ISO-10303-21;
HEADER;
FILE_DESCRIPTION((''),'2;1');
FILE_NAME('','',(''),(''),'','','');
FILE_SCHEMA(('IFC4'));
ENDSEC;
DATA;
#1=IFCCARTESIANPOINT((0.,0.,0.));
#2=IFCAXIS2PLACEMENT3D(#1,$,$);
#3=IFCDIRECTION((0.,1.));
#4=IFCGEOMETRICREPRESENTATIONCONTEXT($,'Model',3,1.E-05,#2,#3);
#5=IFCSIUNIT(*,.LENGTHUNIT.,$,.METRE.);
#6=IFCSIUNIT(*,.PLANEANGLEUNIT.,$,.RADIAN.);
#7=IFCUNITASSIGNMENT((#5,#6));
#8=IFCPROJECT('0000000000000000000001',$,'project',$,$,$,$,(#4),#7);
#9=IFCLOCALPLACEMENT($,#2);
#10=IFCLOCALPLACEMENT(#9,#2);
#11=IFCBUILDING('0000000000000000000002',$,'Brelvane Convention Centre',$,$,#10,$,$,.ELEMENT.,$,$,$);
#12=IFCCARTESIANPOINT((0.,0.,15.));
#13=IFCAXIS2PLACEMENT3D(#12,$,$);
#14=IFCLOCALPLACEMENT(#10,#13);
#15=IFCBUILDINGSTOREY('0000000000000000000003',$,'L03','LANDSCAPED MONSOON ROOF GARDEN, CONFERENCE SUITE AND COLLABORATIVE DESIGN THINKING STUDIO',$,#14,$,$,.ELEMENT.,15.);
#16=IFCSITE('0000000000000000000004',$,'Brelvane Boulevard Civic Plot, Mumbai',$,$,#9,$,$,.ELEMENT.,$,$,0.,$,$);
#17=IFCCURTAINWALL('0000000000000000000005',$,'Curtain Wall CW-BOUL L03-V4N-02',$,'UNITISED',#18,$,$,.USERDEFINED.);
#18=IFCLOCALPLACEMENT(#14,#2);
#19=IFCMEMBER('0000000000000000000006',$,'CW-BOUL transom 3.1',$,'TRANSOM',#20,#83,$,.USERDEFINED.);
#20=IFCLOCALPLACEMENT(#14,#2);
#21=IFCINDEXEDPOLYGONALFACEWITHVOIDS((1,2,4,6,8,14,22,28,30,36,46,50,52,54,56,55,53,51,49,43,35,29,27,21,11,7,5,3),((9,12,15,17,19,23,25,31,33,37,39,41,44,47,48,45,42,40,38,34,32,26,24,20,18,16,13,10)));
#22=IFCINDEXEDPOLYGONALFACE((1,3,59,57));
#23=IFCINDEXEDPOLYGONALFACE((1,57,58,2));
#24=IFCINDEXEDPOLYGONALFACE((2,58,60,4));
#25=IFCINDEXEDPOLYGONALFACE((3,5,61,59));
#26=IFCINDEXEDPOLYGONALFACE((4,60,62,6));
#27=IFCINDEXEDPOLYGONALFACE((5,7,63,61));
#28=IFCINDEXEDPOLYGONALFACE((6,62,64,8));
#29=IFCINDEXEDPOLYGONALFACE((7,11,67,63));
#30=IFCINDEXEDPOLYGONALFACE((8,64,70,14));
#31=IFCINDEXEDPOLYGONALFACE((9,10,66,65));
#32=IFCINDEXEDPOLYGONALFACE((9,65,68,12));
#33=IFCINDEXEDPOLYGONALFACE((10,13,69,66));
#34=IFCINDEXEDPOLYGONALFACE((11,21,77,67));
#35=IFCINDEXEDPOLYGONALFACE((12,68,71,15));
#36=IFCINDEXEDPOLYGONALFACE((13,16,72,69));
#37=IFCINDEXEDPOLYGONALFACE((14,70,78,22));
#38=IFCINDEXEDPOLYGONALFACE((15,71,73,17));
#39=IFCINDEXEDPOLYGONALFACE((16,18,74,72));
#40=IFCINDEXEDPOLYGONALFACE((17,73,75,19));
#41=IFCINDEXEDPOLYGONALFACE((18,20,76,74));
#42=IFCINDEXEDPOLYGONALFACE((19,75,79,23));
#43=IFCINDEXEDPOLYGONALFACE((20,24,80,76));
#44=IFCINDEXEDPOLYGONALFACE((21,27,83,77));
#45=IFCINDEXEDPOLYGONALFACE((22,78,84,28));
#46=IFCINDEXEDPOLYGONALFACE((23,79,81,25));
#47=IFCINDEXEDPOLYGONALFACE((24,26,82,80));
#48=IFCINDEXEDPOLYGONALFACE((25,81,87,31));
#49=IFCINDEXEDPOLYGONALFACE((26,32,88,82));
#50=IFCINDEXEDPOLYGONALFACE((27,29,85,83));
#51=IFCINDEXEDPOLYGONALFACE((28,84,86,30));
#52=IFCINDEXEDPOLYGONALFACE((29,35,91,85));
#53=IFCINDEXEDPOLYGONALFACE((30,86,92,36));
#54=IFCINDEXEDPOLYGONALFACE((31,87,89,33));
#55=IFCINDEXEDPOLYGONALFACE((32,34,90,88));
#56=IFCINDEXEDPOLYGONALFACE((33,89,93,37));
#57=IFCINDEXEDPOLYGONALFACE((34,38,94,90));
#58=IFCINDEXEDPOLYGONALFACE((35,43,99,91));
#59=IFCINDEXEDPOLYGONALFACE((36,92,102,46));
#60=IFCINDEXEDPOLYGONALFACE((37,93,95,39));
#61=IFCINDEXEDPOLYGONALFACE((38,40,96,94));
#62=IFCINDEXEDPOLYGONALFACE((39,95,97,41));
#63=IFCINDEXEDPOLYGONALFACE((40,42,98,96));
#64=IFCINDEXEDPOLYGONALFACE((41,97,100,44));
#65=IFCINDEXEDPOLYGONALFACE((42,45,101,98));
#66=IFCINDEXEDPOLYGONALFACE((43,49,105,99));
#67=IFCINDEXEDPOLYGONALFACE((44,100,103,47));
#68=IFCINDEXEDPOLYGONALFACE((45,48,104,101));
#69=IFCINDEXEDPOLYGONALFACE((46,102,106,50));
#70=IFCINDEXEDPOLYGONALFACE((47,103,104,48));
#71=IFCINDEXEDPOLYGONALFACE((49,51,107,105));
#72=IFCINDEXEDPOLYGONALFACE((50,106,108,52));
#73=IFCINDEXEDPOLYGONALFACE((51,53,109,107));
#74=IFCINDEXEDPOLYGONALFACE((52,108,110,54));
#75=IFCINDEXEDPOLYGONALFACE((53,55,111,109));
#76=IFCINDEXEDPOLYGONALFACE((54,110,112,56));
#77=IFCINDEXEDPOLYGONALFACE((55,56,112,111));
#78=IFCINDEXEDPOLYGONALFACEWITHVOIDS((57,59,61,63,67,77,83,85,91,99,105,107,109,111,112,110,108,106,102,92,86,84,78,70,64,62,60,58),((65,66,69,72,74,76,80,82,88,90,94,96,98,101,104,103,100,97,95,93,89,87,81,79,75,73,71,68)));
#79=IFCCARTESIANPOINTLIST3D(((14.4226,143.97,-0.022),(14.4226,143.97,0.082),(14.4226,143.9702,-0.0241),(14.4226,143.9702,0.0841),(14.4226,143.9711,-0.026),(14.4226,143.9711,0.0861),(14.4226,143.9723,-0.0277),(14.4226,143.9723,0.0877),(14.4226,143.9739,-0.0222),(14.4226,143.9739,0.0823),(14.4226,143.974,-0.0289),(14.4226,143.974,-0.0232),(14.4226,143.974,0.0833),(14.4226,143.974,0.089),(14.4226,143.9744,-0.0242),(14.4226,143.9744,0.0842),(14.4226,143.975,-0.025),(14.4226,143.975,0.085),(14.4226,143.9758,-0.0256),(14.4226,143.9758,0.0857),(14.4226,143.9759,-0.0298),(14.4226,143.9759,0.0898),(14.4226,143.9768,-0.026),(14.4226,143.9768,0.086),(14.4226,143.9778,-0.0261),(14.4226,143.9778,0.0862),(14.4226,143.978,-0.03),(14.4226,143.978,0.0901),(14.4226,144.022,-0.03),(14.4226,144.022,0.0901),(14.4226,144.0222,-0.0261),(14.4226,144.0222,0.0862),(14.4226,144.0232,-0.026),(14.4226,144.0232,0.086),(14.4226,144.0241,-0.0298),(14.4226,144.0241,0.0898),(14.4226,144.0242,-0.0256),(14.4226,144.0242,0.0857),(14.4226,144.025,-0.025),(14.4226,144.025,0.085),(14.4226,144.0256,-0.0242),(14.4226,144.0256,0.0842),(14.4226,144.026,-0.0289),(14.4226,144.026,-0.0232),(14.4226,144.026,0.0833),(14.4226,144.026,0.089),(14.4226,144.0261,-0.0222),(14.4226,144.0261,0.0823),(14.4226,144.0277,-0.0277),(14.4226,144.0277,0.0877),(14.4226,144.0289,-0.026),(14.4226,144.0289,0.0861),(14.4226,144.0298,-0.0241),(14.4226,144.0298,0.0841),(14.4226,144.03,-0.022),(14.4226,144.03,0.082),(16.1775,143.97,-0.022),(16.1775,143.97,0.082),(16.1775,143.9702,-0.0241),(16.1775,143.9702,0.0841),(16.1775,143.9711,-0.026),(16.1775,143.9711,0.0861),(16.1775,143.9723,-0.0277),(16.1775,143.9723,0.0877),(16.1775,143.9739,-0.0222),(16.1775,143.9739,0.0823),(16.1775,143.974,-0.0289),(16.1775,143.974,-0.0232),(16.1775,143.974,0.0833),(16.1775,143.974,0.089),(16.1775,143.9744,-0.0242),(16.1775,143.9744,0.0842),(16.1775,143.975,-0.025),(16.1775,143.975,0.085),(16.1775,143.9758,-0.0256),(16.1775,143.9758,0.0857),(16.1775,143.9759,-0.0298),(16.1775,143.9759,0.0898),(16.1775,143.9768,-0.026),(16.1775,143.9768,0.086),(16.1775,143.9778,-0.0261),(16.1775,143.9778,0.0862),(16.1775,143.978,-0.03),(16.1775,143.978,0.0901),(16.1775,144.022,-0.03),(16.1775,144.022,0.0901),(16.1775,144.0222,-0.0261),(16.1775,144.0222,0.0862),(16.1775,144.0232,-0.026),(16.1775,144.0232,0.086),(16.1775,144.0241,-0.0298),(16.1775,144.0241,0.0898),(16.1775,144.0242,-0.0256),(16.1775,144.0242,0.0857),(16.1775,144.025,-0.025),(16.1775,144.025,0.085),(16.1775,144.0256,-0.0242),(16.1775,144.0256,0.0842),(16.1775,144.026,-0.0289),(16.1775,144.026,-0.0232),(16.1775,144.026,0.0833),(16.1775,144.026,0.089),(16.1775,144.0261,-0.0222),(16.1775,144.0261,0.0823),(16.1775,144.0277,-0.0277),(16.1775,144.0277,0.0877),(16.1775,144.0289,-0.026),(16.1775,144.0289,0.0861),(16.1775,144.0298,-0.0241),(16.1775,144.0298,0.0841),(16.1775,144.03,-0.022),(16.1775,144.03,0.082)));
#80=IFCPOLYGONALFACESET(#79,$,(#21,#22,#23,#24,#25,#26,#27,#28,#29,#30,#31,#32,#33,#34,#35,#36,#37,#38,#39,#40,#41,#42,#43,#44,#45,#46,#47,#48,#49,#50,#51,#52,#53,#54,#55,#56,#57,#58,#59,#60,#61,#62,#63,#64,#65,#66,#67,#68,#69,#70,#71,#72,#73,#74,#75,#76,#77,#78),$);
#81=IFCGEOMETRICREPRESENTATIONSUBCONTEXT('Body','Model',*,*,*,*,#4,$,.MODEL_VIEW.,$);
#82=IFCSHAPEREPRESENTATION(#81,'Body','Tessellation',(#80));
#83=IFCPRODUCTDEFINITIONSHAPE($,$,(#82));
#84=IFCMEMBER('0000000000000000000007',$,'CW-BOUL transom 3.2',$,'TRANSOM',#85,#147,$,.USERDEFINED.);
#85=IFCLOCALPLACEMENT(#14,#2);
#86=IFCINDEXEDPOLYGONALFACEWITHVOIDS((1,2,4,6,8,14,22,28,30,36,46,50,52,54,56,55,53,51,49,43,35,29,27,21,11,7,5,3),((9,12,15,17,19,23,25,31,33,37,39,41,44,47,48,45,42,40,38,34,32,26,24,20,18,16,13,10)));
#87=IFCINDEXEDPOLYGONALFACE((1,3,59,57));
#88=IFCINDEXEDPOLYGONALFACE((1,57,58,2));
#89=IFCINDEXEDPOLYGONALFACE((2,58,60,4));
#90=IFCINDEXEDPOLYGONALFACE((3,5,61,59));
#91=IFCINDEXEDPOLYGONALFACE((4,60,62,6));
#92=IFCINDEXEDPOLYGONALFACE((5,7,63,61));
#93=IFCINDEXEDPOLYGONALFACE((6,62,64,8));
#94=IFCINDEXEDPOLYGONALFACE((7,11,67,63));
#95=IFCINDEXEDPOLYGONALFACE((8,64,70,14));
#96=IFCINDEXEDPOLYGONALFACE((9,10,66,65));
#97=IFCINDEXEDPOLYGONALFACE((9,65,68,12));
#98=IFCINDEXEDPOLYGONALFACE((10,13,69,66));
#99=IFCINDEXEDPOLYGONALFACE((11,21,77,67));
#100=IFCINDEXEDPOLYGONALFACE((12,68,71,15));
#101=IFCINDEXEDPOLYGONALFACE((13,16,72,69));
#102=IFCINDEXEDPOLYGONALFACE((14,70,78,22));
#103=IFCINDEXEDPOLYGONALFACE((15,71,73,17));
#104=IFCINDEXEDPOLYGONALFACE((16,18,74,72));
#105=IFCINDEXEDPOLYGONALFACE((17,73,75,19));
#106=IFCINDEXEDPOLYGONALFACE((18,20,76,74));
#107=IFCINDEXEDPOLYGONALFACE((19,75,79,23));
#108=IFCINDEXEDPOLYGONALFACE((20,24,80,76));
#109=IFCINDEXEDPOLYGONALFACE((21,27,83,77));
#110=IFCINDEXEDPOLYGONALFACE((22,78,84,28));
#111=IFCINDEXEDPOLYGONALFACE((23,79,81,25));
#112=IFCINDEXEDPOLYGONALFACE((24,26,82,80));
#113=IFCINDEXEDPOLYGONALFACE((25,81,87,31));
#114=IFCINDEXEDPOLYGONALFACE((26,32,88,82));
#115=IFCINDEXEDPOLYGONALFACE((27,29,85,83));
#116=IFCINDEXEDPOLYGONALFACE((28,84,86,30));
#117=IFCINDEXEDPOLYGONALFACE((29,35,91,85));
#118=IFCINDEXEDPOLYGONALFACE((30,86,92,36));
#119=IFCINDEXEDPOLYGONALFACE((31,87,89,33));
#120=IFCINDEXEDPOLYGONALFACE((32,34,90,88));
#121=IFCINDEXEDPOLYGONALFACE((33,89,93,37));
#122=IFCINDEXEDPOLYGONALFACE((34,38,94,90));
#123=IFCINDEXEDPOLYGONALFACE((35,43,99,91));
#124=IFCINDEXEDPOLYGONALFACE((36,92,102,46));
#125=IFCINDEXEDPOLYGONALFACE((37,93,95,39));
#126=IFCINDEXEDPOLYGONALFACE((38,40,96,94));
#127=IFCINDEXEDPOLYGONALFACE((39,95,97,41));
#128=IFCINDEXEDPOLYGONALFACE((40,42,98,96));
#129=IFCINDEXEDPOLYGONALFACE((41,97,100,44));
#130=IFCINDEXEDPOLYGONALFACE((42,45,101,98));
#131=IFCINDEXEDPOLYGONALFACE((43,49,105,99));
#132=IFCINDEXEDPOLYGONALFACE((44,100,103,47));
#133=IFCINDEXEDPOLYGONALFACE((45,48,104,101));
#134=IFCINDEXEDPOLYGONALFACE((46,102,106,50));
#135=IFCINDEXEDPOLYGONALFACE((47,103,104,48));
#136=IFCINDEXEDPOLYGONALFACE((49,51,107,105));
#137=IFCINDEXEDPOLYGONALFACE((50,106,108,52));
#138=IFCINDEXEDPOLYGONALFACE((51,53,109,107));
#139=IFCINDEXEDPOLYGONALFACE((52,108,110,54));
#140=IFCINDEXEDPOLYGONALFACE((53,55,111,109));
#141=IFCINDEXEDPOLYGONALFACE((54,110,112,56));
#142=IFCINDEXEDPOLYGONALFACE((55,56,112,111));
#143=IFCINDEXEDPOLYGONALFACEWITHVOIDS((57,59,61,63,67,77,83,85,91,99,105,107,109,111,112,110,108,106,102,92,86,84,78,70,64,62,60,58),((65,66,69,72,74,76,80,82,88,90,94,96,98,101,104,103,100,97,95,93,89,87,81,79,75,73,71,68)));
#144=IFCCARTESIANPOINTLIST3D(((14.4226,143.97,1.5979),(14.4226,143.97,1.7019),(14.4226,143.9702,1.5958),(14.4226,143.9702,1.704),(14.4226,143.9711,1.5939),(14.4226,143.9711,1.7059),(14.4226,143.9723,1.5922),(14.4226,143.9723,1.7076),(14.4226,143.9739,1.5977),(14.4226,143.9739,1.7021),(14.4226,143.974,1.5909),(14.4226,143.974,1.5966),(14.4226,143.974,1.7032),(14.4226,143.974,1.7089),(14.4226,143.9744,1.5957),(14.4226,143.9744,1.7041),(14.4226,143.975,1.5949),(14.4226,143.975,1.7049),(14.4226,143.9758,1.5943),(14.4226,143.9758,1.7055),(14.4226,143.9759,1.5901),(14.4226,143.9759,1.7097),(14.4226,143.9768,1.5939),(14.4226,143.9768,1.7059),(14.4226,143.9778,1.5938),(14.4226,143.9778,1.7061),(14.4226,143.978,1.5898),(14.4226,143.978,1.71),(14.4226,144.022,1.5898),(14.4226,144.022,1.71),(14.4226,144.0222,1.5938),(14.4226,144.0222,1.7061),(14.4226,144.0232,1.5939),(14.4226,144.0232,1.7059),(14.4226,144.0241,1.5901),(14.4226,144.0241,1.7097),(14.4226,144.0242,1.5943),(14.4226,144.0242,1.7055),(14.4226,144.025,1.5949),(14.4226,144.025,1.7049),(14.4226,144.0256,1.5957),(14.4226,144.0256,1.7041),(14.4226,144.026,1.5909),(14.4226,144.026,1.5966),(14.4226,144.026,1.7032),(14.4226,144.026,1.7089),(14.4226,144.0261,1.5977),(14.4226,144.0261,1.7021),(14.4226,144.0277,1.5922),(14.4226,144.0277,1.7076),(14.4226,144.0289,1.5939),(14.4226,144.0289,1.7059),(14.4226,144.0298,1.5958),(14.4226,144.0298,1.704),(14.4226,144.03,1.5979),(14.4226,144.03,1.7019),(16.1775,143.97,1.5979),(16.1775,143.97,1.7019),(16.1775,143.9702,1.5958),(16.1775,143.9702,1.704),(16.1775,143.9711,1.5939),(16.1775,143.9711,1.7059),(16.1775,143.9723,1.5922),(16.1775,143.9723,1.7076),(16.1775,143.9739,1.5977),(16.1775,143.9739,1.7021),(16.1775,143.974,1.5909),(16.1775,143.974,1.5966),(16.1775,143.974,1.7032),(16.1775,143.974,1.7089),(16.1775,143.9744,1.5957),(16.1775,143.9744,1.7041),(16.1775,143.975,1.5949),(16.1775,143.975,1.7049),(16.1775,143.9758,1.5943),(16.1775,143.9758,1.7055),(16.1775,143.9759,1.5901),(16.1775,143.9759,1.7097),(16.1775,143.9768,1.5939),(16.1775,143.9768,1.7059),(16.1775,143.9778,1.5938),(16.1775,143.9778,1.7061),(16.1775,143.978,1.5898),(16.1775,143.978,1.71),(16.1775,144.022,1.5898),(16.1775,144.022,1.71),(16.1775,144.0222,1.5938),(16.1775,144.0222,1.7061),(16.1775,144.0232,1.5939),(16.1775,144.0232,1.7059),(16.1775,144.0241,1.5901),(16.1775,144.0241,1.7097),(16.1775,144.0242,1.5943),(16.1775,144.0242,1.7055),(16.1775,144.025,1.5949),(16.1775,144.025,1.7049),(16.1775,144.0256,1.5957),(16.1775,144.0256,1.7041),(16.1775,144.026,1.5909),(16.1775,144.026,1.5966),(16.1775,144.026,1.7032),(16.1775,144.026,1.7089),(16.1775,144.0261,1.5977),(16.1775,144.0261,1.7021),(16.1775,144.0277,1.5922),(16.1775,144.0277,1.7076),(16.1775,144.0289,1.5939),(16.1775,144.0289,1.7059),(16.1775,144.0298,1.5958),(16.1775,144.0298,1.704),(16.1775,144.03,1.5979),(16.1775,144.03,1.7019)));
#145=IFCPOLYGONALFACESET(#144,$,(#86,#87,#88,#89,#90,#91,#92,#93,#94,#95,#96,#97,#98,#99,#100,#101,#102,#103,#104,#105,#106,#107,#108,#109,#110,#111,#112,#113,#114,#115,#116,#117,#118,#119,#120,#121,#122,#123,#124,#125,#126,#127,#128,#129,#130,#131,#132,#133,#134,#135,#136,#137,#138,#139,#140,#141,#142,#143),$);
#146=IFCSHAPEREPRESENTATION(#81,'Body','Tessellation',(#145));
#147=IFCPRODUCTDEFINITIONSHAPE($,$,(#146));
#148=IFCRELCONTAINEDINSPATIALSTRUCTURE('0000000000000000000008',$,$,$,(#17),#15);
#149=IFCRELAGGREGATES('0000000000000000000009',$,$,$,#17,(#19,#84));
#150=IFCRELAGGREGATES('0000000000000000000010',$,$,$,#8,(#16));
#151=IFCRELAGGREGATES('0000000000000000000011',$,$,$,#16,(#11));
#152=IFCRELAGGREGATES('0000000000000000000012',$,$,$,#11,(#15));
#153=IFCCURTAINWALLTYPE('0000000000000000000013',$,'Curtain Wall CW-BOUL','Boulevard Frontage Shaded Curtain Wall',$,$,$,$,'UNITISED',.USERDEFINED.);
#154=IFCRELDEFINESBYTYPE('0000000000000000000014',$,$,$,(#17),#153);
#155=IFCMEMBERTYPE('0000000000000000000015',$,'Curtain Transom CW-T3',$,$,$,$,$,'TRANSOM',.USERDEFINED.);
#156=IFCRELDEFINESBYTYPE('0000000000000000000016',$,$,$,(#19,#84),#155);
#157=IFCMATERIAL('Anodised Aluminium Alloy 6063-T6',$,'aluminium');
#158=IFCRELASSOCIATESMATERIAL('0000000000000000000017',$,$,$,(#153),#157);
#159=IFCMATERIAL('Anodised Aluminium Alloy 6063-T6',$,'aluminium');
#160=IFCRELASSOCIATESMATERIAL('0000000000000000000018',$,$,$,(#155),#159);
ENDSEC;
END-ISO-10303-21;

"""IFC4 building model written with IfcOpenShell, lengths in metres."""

from ifc_helpers import new_model, si_unit, direction, frame, origin, origin_2d, place, context, subcontext, project, spatial, hollow_rectangle, extrude, material, material_profile, profile_set, type_object, element, aggregate, save


model = new_model("IFC4")

# Units and contexts
model_context = context("Model", 3, precision=1e-05, world=origin(), true_north=direction((0.0, 1.0)))
body_context = subcontext(model_context, "Body", "Model", "MODEL_VIEW")
ifc_project = project(units=[si_unit("LENGTHUNIT", "METRE"), si_unit("PLANEANGLEUNIT", "RADIAN")], contexts=[model_context])

# Site, building, storey
site_placement = place(None, origin())
site = spatial("IfcSite", under=ifc_project, at=site_placement, Name="Brelvane Boulevard Civic Plot, Mumbai", CompositionType="ELEMENT", RefElevation=0.0)
building_placement = place(site_placement, origin())
building = spatial("IfcBuilding", under=site, at=building_placement, Name="Brelvane Convention Centre", CompositionType="ELEMENT")
storey_placement = place(building_placement, frame((0.0, 0.0, 15.0)))
storey = spatial("IfcBuildingStorey", under=building, at=storey_placement, Name="L03", Description="LANDSCAPED MONSOON ROOF GARDEN, CONFERENCE SUITE AND COLLABORATIVE DESIGN THINKING STUDIO", CompositionType="ELEMENT", Elevation=15.0)

# Curtain wall, members
ifc_material_1 = material(Name="Anodised Aluminium Alloy 6063-T6", Category="aluminium")
curtain_wall_type = type_object("IfcCurtainWallType", Name="Curtain Wall CW-BOUL", Description="Boulevard Frontage Shaded Curtain Wall", ElementType="UNITISED", PredefinedType="USERDEFINED", material=ifc_material_1)
curtain_wall_placement = place(storey_placement, origin())
curtain_wall = element("IfcCurtainWall", 1, at=curtain_wall_placement, inside=storey, type_object=curtain_wall_type, Name="Curtain Wall CW-BOUL L03-V4N-02", ObjectType="UNITISED", PredefinedType="USERDEFINED")
ifc_material_2 = material(Name="Anodised Aluminium Alloy 6063-T6", Category="aluminium")
ifc_material_profile_1 = material_profile(ifc_material_2, hollow_rectangle(XDim=0.0601, YDim=0.1201, WallThickness=0.0039, InnerFilletRadius=0.0039, OuterFilletRadius=0.0081, at=origin_2d()), Name="ALU-T 120x60x4.0")
ifc_profile_set_1 = profile_set([ifc_material_profile_1], Name="Anodised Aluminium Alloy 6063-T6")
member_type_1 = type_object("IfcMemberType", Name="Curtain Transom CW-T3", ElementType="TRANSOM", PredefinedType="USERDEFINED", material=ifc_profile_set_1)
member_1_placement = place(storey_placement, frame((14.4226, 144.0, 0.03), z_axis=(1.0, 0.0, 0.0), x_axis=(0.0, 1.0, 0.0)))
member_1 = element("IfcMember", 2, at=member_1_placement, type_object=member_type_1, Name="CW-BOUL transom 3.1", ObjectType="TRANSOM", PredefinedType="USERDEFINED", context=body_context, shape_type="SweptSolid", body=[
    extrude(hollow_rectangle(XDim=0.0601, YDim=0.1201, WallThickness=0.0039, InnerFilletRadius=0.0039, OuterFilletRadius=0.0081, at=origin_2d()), origin(), (0.0, 0.0, 1.0), 1.7549),
])
member_2_placement = place(storey_placement, frame((14.4226, 144.0, 1.6499), z_axis=(1.0, 0.0, 0.0), x_axis=(0.0, 1.0, 0.0)))
member_2 = element("IfcMember", 3, at=member_2_placement, type_object=member_type_1, Name="CW-BOUL transom 3.2", ObjectType="TRANSOM", PredefinedType="USERDEFINED", context=body_context, shape_type="SweptSolid", body=[
    extrude(hollow_rectangle(XDim=0.0601, YDim=0.1201, WallThickness=0.0039, InnerFilletRadius=0.0039, OuterFilletRadius=0.0081, at=origin_2d()), origin(), (0.0, 0.0, 1.0), 1.7549),
])

aggregate(curtain_wall, [member_1, member_2])

save(model, "model.ifc")
